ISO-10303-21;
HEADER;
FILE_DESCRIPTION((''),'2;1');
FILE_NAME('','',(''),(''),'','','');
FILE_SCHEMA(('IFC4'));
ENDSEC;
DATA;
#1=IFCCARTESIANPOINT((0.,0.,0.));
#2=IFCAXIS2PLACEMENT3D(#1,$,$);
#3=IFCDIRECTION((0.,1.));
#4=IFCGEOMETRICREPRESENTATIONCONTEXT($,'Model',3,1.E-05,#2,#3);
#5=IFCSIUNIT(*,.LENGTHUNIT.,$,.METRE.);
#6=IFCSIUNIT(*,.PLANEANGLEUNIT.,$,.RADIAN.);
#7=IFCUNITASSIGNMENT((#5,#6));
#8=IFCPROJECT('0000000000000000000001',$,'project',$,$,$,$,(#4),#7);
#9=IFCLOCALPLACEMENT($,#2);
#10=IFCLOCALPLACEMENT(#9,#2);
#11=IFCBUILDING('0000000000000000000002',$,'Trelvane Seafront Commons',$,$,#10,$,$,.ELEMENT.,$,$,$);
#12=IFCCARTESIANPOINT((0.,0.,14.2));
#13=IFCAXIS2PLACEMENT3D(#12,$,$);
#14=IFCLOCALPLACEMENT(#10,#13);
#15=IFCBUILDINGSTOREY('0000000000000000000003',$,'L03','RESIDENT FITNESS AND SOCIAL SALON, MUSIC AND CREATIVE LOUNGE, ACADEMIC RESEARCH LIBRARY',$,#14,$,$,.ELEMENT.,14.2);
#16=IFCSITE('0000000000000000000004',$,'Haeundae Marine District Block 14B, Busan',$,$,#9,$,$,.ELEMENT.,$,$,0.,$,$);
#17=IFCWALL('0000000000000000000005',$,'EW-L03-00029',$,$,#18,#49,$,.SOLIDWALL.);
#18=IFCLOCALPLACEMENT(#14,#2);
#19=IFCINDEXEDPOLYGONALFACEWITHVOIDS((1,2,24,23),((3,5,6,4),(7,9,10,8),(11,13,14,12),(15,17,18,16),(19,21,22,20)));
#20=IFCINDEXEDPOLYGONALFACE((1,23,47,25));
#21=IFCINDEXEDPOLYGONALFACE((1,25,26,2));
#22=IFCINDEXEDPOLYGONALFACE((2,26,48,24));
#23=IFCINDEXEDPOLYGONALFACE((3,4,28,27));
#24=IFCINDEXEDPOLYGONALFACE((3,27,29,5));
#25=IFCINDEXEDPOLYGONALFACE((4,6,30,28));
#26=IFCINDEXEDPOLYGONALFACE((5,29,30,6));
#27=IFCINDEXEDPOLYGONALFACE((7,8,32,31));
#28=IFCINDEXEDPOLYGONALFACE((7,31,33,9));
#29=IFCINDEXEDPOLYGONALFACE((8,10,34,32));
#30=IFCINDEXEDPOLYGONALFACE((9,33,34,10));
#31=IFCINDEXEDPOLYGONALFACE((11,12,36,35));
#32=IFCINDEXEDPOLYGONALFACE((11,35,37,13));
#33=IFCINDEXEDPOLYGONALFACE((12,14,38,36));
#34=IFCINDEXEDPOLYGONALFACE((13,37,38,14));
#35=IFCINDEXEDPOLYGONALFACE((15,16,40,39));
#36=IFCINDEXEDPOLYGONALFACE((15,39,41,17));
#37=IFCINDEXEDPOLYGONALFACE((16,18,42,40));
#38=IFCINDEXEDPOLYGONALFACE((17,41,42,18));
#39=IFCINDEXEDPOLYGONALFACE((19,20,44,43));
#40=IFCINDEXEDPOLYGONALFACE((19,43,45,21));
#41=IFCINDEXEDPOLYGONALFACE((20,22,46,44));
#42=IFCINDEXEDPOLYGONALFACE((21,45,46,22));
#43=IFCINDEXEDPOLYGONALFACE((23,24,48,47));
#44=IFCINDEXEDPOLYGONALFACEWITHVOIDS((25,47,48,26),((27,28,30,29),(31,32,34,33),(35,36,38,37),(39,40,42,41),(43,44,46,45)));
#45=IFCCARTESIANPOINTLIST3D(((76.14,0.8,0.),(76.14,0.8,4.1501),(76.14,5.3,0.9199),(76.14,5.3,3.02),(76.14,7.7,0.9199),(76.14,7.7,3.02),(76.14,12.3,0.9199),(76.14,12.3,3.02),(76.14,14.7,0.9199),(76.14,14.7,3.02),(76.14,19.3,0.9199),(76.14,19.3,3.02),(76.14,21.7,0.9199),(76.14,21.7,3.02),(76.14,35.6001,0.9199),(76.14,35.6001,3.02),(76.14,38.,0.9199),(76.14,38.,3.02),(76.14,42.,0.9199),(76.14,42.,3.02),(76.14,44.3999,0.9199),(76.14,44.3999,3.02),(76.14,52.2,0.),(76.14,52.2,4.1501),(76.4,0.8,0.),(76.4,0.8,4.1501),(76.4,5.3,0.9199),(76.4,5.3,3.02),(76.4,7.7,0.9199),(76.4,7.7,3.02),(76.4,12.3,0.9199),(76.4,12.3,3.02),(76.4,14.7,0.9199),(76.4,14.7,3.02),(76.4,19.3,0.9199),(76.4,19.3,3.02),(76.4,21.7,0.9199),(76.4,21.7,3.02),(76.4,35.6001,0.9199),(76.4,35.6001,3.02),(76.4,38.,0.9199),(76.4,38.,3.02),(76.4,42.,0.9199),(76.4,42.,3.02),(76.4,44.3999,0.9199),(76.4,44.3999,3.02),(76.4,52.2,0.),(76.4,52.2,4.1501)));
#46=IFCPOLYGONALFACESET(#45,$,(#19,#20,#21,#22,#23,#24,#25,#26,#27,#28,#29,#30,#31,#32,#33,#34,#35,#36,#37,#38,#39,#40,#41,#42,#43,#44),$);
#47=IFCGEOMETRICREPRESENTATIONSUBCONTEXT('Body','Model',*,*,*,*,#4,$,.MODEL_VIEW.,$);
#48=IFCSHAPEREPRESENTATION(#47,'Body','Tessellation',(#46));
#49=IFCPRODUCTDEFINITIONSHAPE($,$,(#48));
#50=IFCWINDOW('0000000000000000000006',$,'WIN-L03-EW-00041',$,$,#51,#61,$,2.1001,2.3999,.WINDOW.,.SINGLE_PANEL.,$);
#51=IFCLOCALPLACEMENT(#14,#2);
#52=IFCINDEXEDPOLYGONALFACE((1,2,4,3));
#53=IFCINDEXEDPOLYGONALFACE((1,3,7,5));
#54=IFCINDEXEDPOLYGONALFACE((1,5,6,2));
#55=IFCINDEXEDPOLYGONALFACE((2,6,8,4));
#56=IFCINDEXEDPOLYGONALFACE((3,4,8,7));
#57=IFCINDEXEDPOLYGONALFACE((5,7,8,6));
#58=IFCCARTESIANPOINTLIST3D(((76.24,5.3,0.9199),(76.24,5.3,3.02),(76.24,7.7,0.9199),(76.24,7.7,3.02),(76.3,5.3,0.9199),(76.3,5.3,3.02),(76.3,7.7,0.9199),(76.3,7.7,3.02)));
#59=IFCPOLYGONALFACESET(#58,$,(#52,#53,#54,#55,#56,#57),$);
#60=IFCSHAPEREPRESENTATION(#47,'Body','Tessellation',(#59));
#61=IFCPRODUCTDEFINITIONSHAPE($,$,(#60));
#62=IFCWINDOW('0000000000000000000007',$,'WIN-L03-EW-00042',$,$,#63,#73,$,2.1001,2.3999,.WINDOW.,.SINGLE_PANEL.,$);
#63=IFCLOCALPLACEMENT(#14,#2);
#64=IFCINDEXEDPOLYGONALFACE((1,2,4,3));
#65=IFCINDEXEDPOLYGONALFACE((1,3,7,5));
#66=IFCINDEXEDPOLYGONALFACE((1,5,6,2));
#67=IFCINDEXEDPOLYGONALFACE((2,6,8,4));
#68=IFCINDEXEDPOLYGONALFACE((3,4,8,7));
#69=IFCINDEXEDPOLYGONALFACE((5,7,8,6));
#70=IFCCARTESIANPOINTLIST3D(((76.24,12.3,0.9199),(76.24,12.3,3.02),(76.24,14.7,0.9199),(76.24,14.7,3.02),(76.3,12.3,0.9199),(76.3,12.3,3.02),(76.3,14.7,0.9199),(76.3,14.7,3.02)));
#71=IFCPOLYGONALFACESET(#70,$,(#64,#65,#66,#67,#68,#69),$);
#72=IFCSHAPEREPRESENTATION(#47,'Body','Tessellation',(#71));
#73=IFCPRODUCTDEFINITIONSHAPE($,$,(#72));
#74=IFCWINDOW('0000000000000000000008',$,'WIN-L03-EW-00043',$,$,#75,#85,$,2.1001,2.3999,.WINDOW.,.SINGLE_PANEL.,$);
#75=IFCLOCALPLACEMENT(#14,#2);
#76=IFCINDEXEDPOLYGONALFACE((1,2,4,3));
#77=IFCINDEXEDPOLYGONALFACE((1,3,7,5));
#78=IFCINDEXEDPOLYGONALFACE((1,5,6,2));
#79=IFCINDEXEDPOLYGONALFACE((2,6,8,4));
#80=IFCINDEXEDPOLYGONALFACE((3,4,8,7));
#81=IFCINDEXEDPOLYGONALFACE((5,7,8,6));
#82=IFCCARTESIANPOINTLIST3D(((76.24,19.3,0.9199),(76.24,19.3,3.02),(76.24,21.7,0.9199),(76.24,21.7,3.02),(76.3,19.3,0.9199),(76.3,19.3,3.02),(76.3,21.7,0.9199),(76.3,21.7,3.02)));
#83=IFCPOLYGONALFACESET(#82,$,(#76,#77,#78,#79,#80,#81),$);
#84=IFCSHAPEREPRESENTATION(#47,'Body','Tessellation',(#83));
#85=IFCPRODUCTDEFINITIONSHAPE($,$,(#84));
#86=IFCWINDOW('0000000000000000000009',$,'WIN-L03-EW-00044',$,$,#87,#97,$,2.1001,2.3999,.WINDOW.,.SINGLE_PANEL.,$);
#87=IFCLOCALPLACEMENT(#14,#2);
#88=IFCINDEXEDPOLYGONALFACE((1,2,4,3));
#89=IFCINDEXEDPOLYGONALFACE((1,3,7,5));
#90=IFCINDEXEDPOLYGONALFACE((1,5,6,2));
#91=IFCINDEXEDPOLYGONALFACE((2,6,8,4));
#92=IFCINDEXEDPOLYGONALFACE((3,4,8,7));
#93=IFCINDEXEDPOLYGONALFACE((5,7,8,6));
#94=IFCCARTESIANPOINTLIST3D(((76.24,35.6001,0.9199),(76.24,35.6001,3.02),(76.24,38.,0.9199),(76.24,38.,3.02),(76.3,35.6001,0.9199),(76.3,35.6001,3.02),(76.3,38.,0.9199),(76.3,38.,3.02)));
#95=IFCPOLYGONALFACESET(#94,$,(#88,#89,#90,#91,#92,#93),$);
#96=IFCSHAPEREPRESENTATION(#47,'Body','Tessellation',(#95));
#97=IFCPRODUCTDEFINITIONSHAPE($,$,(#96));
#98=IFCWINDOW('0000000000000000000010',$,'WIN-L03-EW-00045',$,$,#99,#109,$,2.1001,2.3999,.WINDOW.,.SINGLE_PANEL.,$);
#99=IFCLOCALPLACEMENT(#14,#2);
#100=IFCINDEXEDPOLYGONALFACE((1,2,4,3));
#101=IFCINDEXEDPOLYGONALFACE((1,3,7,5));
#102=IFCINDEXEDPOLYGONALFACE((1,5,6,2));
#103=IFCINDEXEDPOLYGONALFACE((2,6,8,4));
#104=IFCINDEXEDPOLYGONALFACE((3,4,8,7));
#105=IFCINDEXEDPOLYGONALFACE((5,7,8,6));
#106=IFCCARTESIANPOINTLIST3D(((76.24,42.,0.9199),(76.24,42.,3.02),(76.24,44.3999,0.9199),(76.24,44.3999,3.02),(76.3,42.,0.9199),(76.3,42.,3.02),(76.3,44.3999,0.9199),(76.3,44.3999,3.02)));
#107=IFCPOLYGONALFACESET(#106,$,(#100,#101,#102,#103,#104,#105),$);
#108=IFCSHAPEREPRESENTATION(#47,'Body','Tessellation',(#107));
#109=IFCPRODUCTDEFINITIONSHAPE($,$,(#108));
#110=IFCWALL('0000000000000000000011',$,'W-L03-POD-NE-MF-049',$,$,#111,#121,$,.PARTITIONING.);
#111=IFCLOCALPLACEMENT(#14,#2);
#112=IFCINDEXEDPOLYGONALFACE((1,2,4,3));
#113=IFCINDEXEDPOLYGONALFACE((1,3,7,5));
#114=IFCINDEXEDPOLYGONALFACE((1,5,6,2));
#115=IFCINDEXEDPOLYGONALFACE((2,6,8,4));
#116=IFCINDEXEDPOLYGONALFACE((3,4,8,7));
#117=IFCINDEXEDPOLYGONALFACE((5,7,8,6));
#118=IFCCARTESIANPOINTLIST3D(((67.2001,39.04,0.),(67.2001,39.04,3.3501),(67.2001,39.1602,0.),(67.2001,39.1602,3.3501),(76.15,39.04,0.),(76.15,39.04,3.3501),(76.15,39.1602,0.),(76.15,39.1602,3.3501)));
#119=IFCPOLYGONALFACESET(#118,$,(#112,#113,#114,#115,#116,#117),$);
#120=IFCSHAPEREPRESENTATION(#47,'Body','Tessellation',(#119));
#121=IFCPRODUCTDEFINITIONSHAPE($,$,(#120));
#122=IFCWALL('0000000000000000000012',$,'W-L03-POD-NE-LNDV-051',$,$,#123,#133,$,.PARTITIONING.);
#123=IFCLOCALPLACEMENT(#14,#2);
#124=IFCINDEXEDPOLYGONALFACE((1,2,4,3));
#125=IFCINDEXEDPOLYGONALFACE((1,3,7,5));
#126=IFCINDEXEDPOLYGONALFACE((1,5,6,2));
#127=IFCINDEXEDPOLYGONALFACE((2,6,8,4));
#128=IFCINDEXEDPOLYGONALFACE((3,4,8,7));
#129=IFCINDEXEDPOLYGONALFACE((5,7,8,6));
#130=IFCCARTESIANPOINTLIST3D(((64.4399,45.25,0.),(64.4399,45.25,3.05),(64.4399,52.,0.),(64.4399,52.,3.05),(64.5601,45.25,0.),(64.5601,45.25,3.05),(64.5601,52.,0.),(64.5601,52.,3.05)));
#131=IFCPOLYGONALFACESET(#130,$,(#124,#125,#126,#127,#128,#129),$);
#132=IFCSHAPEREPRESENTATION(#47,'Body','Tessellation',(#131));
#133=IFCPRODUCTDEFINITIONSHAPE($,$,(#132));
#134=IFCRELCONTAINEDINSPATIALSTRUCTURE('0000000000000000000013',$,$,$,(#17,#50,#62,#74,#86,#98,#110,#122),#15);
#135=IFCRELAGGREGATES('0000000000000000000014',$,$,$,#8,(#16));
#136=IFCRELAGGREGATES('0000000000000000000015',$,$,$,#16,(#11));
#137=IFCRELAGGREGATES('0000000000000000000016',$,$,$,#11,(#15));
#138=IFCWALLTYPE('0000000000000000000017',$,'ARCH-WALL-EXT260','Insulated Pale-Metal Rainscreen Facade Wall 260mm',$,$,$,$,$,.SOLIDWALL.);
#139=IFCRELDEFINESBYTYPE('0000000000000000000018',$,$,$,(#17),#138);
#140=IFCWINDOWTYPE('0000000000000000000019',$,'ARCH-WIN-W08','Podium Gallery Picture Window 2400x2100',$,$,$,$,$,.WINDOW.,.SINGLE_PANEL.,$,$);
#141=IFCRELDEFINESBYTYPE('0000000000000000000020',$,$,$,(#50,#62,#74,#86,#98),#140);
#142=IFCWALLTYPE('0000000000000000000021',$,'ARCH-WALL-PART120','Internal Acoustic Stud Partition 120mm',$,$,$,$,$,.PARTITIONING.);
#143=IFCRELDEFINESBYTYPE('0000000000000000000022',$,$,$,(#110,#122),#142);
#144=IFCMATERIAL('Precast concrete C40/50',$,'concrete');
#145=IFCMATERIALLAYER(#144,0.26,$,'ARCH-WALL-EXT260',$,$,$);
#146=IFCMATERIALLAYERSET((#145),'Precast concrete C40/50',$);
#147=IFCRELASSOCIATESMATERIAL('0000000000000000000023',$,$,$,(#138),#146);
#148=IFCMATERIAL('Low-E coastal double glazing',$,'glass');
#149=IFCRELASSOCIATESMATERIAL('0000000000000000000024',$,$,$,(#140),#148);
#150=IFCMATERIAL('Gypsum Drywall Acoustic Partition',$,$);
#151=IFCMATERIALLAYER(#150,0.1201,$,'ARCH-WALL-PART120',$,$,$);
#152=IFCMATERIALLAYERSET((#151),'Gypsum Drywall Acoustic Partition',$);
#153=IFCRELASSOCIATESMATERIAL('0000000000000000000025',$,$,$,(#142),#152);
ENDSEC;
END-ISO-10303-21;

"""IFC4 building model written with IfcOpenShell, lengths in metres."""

from ifc_helpers import new_model, si_unit, direction, frame, frame_2d, origin, place, context, subcontext, project, spatial, rectangle, extrude, source, transform, mapped, material, layer, layer_set, type_object, element, fill, save


model = new_model("IFC4")

# Units and contexts
model_context = context("Model", 3, precision=1e-05, world=origin(), true_north=direction((0.0, 1.0)))
body_context = subcontext(model_context, "Body", "Model", "MODEL_VIEW")
ifc_project = project(units=[si_unit("LENGTHUNIT", "METRE"), si_unit("PLANEANGLEUNIT", "RADIAN")], contexts=[model_context])

# Site, building, storey
site_placement = place(None, origin())
site = spatial("IfcSite", under=ifc_project, at=site_placement, Name="Haeundae Marine District Block 14B, Busan", CompositionType="ELEMENT", RefElevation=0.0)
building_placement = place(site_placement, origin())
building = spatial("IfcBuilding", under=site, at=building_placement, Name="Trelvane Seafront Commons", CompositionType="ELEMENT")
storey_placement = place(building_placement, frame((0.0, 0.0, 14.2)))
storey = spatial("IfcBuildingStorey", under=building, at=storey_placement, Name="L03", Description="RESIDENT FITNESS AND SOCIAL SALON, MUSIC AND CREATIVE LOUNGE, ACADEMIC RESEARCH LIBRARY", CompositionType="ELEMENT", Elevation=14.2)

# Shared definitions
ifc_material_1 = material(Name="Low-E coastal double glazing", Category="glass")

# Wall, openings, windows
ifc_material_2 = material(Name="Precast concrete C40/50", Category="concrete")
ifc_layer_1 = layer(ifc_material_2, 0.26, Name="ARCH-WALL-EXT260")
ifc_layer_set_1 = layer_set([ifc_layer_1], Name="Precast concrete C40/50")
wall_type_1 = type_object("IfcWallType", Name="ARCH-WALL-EXT260", Description="Insulated Pale-Metal Rainscreen Facade Wall 260mm", PredefinedType="SOLIDWALL", material=ifc_layer_set_1)
wall_1_placement = place(storey_placement, frame((76.27, 52.2, 0.0), z_axis=(0.0, 0.0, 1.0), x_axis=(0.0, -1.0, 0.0)))
wall_1 = element("IfcWall", 1, at=wall_1_placement, inside=storey, type_object=wall_type_1, Name="EW-L03-00029", PredefinedType="SOLIDWALL", context=body_context, shape_type="SweptSolid", body=[
    extrude(rectangle(XDim=51.3999, YDim=0.26, at=frame_2d((25.7, 0.0))), origin(), (0.0, 0.0, 1.0), 4.1501),
])
opening_1_placement = place(wall_1_placement, frame((44.5, 0.0, 0.9199)))
opening_1 = element("IfcOpeningElement", 2, at=opening_1_placement, cuts=wall_1, PredefinedType="OPENING", context=body_context, shape_type="SweptSolid", body=[
    extrude(rectangle(XDim=2.3999, YDim=2.1001, at=frame_2d((1.2, 1.05))), frame((0.0, 0.1399, 0.0), z_axis=(0.0, -1.0, 0.0), x_axis=(1.0, 0.0, 0.0)), (0.0, 0.0, 1.0), 0.28),
])
opening_2_placement = place(wall_1_placement, frame((37.5, 0.0, 0.9199)))
opening_2 = element("IfcOpeningElement", 3, at=opening_2_placement, cuts=wall_1, PredefinedType="OPENING", context=body_context, shape_type="SweptSolid", body=[
    extrude(rectangle(XDim=2.3999, YDim=2.1001, at=frame_2d((1.2, 1.05))), frame((0.0, 0.1399, 0.0), z_axis=(0.0, -1.0, 0.0), x_axis=(1.0, 0.0, 0.0)), (0.0, 0.0, 1.0), 0.28),
])
opening_3_placement = place(wall_1_placement, frame((30.5, 0.0, 0.9199)))
opening_3 = element("IfcOpeningElement", 4, at=opening_3_placement, cuts=wall_1, PredefinedType="OPENING", context=body_context, shape_type="SweptSolid", body=[
    extrude(rectangle(XDim=2.3999, YDim=2.1001, at=frame_2d((1.2, 1.05))), frame((0.0, 0.1399, 0.0), z_axis=(0.0, -1.0, 0.0), x_axis=(1.0, 0.0, 0.0)), (0.0, 0.0, 1.0), 0.28),
])
opening_4_placement = place(wall_1_placement, frame((14.2, 0.0, 0.9199)))
opening_4 = element("IfcOpeningElement", 5, at=opening_4_placement, cuts=wall_1, PredefinedType="OPENING", context=body_context, shape_type="SweptSolid", body=[
    extrude(rectangle(XDim=2.3999, YDim=2.1001, at=frame_2d((1.2, 1.05))), frame((0.0, 0.1399, 0.0), z_axis=(0.0, -1.0, 0.0), x_axis=(1.0, 0.0, 0.0)), (0.0, 0.0, 1.0), 0.28),
])
opening_5_placement = place(wall_1_placement, frame((7.8, 0.0, 0.9199)))
opening_5 = element("IfcOpeningElement", 6, at=opening_5_placement, cuts=wall_1, PredefinedType="OPENING", context=body_context, shape_type="SweptSolid", body=[
    extrude(rectangle(XDim=2.3999, YDim=2.1001, at=frame_2d((1.2, 1.05))), frame((0.0, 0.1399, 0.0), z_axis=(0.0, -1.0, 0.0), x_axis=(1.0, 0.0, 0.0)), (0.0, 0.0, 1.0), 0.28),
])
window_type_1 = type_object("IfcWindowType", Name="ARCH-WIN-W08", Description="Podium Gallery Picture Window 2400x2100", PartitioningType="SINGLE_PANEL", PredefinedType="WINDOW", material=ifc_material_1)
shared_shape_1 = source(origin(), body_context, "Body", "SweptSolid", [
    extrude(rectangle(XDim=2.3999, YDim=2.1001, at=frame_2d((1.2, 1.05))), frame((0.0, 0.03, 0.0), z_axis=(0.0, -1.0, 0.0), x_axis=(1.0, 0.0, 0.0)), (0.0, 0.0, 1.0), 0.0601),
])
window_1_placement = place(opening_1_placement, origin())
window_1 = element("IfcWindow", 7, at=window_1_placement, inside=storey, type_object=window_type_1, Name="WIN-L03-EW-00041", OverallHeight=2.1001, OverallWidth=2.3999, PartitioningType="SINGLE_PANEL", PredefinedType="WINDOW", context=body_context, shape_type="MappedRepresentation", body=[
    mapped(shared_shape_1, transform((0.0, 0.0, 0.0), x_axis=(1.0, 0.0, 0.0), y_axis=(0.0, 1.0, 0.0), z_axis=(0.0, 0.0, 1.0), scale=1.0)),
])
fill(opening_1, window_1)
window_2_placement = place(opening_2_placement, origin())
window_2 = element("IfcWindow", 8, at=window_2_placement, inside=storey, type_object=window_type_1, Name="WIN-L03-EW-00042", OverallHeight=2.1001, OverallWidth=2.3999, PartitioningType="SINGLE_PANEL", PredefinedType="WINDOW", context=body_context, shape_type="MappedRepresentation", body=[
    mapped(shared_shape_1, transform((0.0, 0.0, 0.0), x_axis=(1.0, 0.0, 0.0), y_axis=(0.0, 1.0, 0.0), z_axis=(0.0, 0.0, 1.0), scale=1.0)),
])
fill(opening_2, window_2)
window_3_placement = place(opening_3_placement, origin())
window_3 = element("IfcWindow", 9, at=window_3_placement, inside=storey, type_object=window_type_1, Name="WIN-L03-EW-00043", OverallHeight=2.1001, OverallWidth=2.3999, PartitioningType="SINGLE_PANEL", PredefinedType="WINDOW", context=body_context, shape_type="MappedRepresentation", body=[
    mapped(shared_shape_1, transform((0.0, 0.0, 0.0), x_axis=(1.0, 0.0, 0.0), y_axis=(0.0, 1.0, 0.0), z_axis=(0.0, 0.0, 1.0), scale=1.0)),
])
fill(opening_3, window_3)
window_4_placement = place(opening_4_placement, origin())
window_4 = element("IfcWindow", 10, at=window_4_placement, inside=storey, type_object=window_type_1, Name="WIN-L03-EW-00044", OverallHeight=2.1001, OverallWidth=2.3999, PartitioningType="SINGLE_PANEL", PredefinedType="WINDOW", context=body_context, shape_type="MappedRepresentation", body=[
    mapped(shared_shape_1, transform((0.0, 0.0, 0.0), x_axis=(1.0, 0.0, 0.0), y_axis=(0.0, 1.0, 0.0), z_axis=(0.0, 0.0, 1.0), scale=1.0)),
])
fill(opening_4, window_4)
window_5_placement = place(opening_5_placement, origin())
window_5 = element("IfcWindow", 11, at=window_5_placement, inside=storey, type_object=window_type_1, Name="WIN-L03-EW-00045", OverallHeight=2.1001, OverallWidth=2.3999, PartitioningType="SINGLE_PANEL", PredefinedType="WINDOW", context=body_context, shape_type="MappedRepresentation", body=[
    mapped(shared_shape_1, transform((0.0, 0.0, 0.0), x_axis=(1.0, 0.0, 0.0), y_axis=(0.0, 1.0, 0.0), z_axis=(0.0, 0.0, 1.0), scale=1.0)),
])
fill(opening_5, window_5)

# Walls
ifc_material_3 = material(Name="Gypsum Drywall Acoustic Partition")
ifc_layer_2 = layer(ifc_material_3, 0.1201, Name="ARCH-WALL-PART120")
ifc_layer_set_2 = layer_set([ifc_layer_2], Name="Gypsum Drywall Acoustic Partition")
wall_type_2 = type_object("IfcWallType", Name="ARCH-WALL-PART120", Description="Internal Acoustic Stud Partition 120mm", PredefinedType="PARTITIONING", material=ifc_layer_set_2)
wall_2_placement = place(storey_placement, frame((67.2, 39.1001, 0.0), z_axis=(0.0, 0.0, 1.0), x_axis=(1.0, 0.0, 0.0)))
element("IfcWall", 12, at=wall_2_placement, inside=storey, type_object=wall_type_2, Name="W-L03-POD-NE-MF-049", PredefinedType="PARTITIONING", context=body_context, shape_type="SweptSolid", body=[
    extrude(rectangle(XDim=8.95, YDim=0.1201, at=frame_2d((4.4751, 0.0))), origin(), (0.0, 0.0, 1.0), 3.3501),
])
wall_3_placement = place(storey_placement, frame((64.5, 45.25, 0.0), z_axis=(0.0, 0.0, 1.0), x_axis=(0.0, 1.0, 0.0)))
element("IfcWall", 13, at=wall_3_placement, inside=storey, type_object=wall_type_2, Name="W-L03-POD-NE-LNDV-051", PredefinedType="PARTITIONING", context=body_context, shape_type="SweptSolid", body=[
    extrude(rectangle(XDim=6.75, YDim=0.1201, at=frame_2d((3.375, 0.0))), origin(), (0.0, 0.0, 1.0), 3.05),
])

save(model, "model.ifc")
